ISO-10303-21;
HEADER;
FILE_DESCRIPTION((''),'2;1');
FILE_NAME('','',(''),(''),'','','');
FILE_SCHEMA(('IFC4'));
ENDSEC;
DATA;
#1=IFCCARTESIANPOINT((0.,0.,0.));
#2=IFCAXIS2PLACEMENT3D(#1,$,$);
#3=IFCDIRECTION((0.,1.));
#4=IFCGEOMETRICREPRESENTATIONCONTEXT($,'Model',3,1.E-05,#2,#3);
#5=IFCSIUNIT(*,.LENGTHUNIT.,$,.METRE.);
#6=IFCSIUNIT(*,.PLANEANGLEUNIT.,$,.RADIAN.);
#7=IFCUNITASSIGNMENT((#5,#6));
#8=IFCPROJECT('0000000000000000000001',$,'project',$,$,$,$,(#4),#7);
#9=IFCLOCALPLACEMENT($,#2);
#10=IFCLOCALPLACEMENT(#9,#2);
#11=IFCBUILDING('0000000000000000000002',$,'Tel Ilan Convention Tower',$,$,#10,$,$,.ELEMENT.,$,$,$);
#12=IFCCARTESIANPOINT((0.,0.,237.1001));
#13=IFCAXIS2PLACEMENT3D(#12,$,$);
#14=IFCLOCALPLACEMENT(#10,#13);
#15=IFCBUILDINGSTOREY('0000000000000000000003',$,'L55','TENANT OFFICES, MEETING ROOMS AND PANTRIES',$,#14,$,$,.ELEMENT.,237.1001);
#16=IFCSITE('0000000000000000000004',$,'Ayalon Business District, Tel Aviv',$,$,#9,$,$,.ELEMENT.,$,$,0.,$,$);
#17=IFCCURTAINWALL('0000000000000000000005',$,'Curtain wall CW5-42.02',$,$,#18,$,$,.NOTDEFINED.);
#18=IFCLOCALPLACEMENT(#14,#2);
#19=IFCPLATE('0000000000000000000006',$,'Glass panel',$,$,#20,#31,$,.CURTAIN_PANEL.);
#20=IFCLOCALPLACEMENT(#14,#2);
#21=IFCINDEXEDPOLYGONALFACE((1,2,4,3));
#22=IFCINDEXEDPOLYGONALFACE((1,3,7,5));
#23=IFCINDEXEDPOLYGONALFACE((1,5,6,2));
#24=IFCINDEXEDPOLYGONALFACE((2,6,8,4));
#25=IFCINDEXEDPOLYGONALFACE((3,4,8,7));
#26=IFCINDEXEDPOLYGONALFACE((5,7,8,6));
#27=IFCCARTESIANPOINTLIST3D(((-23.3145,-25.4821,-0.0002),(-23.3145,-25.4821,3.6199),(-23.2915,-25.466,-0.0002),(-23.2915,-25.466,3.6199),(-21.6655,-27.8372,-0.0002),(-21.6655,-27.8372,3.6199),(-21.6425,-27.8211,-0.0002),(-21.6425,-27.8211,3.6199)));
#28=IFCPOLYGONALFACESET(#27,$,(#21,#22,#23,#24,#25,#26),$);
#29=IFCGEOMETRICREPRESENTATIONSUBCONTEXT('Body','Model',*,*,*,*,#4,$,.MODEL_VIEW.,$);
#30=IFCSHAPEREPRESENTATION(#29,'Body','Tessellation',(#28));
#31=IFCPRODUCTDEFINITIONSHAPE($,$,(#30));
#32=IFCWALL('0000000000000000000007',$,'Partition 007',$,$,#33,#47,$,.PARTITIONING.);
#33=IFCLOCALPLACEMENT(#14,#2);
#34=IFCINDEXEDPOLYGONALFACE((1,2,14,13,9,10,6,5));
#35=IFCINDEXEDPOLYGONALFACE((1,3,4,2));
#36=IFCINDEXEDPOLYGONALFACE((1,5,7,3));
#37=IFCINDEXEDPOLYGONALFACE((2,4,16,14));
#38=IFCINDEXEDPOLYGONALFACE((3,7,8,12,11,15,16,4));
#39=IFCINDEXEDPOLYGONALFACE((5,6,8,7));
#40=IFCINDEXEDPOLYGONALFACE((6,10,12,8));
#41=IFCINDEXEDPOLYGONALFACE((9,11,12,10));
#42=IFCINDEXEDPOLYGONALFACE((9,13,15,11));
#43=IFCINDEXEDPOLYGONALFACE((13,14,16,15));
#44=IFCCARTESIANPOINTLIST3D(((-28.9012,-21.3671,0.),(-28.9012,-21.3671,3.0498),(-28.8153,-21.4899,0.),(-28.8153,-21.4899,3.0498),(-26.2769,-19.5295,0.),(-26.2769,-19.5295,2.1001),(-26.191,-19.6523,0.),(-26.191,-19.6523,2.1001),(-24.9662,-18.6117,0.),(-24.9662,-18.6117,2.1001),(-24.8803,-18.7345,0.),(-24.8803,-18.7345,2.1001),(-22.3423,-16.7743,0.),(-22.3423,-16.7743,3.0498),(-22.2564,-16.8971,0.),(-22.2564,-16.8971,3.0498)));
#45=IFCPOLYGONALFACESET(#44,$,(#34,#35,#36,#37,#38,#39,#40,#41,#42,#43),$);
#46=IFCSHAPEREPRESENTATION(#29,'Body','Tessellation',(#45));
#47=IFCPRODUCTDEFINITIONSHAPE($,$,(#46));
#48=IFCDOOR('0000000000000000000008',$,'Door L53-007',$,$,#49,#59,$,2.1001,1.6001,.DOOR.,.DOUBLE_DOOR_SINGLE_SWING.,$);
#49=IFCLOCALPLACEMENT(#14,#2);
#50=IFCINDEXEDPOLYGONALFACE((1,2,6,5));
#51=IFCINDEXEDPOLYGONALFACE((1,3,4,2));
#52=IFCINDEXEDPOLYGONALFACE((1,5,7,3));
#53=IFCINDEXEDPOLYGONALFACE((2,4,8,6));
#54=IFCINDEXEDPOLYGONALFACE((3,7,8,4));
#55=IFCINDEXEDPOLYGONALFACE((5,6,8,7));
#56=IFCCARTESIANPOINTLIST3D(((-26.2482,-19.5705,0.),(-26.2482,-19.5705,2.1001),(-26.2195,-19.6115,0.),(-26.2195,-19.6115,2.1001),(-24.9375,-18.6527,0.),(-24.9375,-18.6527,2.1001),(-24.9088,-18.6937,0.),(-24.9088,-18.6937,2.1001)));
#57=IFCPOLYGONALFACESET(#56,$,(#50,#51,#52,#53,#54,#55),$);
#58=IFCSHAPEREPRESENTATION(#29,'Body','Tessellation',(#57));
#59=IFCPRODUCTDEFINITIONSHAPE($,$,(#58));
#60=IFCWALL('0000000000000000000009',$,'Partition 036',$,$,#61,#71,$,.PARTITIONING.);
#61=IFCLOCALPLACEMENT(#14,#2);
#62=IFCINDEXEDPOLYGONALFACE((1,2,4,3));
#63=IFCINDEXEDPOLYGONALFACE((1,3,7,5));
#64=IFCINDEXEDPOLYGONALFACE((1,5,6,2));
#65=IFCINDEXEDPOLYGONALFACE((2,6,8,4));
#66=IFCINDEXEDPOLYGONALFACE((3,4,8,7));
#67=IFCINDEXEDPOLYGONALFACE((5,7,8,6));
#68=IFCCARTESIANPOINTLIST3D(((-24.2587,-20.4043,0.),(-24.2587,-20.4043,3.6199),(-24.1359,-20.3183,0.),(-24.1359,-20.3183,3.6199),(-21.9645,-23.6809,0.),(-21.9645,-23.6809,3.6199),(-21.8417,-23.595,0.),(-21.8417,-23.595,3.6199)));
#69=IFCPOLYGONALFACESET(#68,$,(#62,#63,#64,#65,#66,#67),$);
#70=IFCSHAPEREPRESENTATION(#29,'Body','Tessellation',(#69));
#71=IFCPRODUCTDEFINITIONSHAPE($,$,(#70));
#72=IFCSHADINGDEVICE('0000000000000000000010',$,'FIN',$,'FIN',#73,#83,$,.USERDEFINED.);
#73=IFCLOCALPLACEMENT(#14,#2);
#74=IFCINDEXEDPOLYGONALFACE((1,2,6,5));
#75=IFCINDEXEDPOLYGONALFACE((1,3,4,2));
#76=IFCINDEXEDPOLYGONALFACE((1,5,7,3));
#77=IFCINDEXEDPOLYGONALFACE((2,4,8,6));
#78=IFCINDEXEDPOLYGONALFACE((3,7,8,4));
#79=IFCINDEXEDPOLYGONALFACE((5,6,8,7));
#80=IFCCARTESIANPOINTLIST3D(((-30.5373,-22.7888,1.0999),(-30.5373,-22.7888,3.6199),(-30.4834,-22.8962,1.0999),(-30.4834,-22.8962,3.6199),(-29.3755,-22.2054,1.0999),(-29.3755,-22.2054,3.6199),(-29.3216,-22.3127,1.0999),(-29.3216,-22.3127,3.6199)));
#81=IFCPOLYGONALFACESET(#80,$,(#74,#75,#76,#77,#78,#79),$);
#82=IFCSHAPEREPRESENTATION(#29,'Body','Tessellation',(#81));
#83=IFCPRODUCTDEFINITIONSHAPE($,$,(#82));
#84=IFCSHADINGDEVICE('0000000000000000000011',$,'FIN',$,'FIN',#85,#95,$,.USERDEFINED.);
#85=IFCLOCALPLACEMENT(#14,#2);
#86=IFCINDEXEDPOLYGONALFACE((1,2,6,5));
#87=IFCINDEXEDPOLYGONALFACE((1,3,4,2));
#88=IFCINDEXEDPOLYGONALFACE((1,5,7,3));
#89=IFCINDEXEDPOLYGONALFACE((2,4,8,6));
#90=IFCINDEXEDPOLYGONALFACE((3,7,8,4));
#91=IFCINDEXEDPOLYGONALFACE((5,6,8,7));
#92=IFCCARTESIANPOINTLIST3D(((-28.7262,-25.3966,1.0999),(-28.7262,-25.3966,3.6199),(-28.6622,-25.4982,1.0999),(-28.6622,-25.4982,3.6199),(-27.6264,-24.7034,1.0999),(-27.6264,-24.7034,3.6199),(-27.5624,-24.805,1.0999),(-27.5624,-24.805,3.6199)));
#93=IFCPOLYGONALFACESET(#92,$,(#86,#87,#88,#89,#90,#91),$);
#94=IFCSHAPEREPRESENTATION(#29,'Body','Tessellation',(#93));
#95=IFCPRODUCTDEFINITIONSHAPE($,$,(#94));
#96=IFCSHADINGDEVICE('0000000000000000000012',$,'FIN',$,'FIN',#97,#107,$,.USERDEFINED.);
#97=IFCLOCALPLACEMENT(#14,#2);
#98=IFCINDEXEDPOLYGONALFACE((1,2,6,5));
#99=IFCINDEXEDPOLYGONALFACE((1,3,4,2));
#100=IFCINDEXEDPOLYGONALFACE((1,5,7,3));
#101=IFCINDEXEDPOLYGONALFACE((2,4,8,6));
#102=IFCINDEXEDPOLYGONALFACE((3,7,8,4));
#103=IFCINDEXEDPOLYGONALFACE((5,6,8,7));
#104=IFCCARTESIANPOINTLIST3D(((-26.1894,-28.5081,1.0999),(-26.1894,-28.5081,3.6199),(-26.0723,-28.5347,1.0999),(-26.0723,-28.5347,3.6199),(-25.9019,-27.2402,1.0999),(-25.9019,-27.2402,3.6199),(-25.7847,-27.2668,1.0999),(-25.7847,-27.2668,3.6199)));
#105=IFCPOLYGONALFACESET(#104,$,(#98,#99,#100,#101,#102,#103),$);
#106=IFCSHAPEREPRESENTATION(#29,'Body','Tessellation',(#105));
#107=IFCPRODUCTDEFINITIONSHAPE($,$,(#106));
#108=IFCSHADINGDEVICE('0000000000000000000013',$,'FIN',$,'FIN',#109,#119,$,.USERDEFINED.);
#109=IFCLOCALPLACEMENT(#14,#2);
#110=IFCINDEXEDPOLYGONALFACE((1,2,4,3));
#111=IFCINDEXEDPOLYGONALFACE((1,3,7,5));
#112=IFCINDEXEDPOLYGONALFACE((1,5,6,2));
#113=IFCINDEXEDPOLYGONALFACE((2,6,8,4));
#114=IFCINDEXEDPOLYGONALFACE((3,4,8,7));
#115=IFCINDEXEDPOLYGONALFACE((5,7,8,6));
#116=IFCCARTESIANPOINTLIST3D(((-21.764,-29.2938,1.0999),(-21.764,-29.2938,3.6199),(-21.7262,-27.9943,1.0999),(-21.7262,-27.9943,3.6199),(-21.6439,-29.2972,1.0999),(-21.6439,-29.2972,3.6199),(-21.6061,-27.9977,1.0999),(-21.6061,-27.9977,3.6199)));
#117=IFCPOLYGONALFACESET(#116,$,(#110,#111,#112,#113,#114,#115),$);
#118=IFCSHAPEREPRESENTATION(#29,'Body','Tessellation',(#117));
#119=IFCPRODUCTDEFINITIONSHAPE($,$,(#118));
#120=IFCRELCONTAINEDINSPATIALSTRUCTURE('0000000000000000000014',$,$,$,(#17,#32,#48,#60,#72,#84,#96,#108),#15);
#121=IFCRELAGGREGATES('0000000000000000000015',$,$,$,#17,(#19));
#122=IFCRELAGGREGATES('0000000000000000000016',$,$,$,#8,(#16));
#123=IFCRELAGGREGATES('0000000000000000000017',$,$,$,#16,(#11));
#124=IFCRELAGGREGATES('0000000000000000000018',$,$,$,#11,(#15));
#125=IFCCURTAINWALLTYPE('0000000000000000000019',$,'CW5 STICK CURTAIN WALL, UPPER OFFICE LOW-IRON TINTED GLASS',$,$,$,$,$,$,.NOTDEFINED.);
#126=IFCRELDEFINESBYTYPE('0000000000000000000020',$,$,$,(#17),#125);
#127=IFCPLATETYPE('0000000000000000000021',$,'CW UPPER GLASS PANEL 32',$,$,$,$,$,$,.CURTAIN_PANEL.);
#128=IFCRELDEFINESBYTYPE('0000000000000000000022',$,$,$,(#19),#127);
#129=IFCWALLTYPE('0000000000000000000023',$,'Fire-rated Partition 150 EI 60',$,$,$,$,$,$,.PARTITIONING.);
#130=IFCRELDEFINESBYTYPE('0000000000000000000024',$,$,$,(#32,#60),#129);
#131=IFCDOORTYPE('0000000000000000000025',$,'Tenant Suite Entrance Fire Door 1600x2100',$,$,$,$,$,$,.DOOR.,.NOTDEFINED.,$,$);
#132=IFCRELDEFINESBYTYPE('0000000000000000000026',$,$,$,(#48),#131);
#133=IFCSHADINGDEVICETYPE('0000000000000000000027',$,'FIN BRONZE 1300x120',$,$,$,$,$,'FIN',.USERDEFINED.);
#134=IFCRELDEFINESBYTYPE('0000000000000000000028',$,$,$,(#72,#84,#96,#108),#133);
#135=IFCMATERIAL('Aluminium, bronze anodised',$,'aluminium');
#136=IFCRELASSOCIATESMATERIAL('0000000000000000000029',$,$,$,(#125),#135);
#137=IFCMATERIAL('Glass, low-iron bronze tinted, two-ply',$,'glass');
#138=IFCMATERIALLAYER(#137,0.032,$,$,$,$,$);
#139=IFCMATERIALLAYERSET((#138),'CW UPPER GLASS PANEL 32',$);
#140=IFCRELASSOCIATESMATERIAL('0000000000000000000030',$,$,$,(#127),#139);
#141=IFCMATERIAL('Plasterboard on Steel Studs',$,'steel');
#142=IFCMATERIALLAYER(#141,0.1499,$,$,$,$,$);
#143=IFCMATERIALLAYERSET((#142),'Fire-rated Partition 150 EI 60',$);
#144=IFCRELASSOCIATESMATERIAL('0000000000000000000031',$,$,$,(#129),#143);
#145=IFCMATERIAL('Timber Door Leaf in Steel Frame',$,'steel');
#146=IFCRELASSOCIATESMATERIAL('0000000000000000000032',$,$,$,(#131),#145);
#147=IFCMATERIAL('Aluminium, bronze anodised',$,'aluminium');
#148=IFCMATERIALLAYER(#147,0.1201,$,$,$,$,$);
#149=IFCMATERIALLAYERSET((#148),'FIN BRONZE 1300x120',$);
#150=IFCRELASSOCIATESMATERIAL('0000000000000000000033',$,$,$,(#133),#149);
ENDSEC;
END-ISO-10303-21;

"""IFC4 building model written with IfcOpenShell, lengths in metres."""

from ifc_helpers import new_model, si_unit, direction, frame, frame_2d, origin, origin_2d, place, context, subcontext, project, spatial, rectangle, extrude, material, layer, layer_set, type_object, element, fill, aggregate, save


model = new_model("IFC4")

# Units and contexts
model_context = context("Model", 3, precision=1e-05, world=origin(), true_north=direction((0.0, 1.0)))
body_context = subcontext(model_context, "Body", "Model", "MODEL_VIEW")
ifc_project = project(units=[si_unit("LENGTHUNIT", "METRE"), si_unit("PLANEANGLEUNIT", "RADIAN")], contexts=[model_context])

# Site, building, storey
site_placement = place(None, origin())
site = spatial("IfcSite", under=ifc_project, at=site_placement, Name="Ayalon Business District, Tel Aviv", CompositionType="ELEMENT", RefElevation=0.0)
building_placement = place(site_placement, origin())
building = spatial("IfcBuilding", under=site, at=building_placement, Name="Tel Ilan Convention Tower", CompositionType="ELEMENT")
storey_placement = place(building_placement, frame((0.0, 0.0, 237.1001)))
storey = spatial("IfcBuildingStorey", under=building, at=storey_placement, Name="L55", Description="TENANT OFFICES, MEETING ROOMS AND PANTRIES", CompositionType="ELEMENT", Elevation=237.1001)

# Curtain wall, plate
ifc_material_1 = material(Name="Aluminium, bronze anodised", Category="aluminium")
curtain_wall_type = type_object("IfcCurtainWallType", Name="CW5 STICK CURTAIN WALL, UPPER OFFICE LOW-IRON TINTED GLASS", PredefinedType="NOTDEFINED", material=ifc_material_1)
curtain_wall_placement = place(storey_placement, origin())
curtain_wall = element("IfcCurtainWall", 1, at=curtain_wall_placement, inside=storey, type_object=curtain_wall_type, Name="Curtain wall CW5-42.02", PredefinedType="NOTDEFINED")
ifc_material_2 = material(Name="Glass, low-iron bronze tinted, two-ply", Category="glass")
ifc_layer_1 = layer(ifc_material_2, 0.032)
ifc_layer_set_1 = layer_set([ifc_layer_1], Name="CW UPPER GLASS PANEL 32")
plate_type = type_object("IfcPlateType", Name="CW UPPER GLASS PANEL 32", PredefinedType="CURTAIN_PANEL", material=ifc_layer_set_1)
plate_1_placement = place(storey_placement, frame((-22.4785, -26.6516, -0.0002), z_axis=(0.0, 0.0, 1.0), x_axis=(0.573576, -0.819152, 0.0)))
plate_1 = element("IfcPlate", 2, at=plate_1_placement, type_object=plate_type, Name="Glass panel", PredefinedType="CURTAIN_PANEL", context=body_context, shape_type="SweptSolid", body=[
    extrude(rectangle(XDim=2.875, YDim=0.0281, at=origin_2d()), origin(), (0.0, 0.0, 1.0), 3.6201),
])
aggregate(curtain_wall, [plate_1])

# Wall, opening, door
ifc_material_3 = material(Name="Plasterboard on Steel Studs", Category="steel")
ifc_layer_2 = layer(ifc_material_3, 0.1499)
ifc_layer_set_2 = layer_set([ifc_layer_2], Name="Fire-rated Partition 150 EI 60")
wall_type = type_object("IfcWallType", Name="Fire-rated Partition 150 EI 60", PredefinedType="PARTITIONING", material=ifc_layer_set_2)
wall_1_placement = place(storey_placement, frame((-28.8582, -21.4285, 0.0), z_axis=(0.0, 0.0, 1.0), x_axis=(0.819139, 0.573595, 0.0)))
wall_1 = element("IfcWall", 3, at=wall_1_placement, inside=storey, type_object=wall_type, Name="Partition 007", PredefinedType="PARTITIONING", context=body_context, shape_type="SweptSolid", body=[
    extrude(rectangle(XDim=8.0071, YDim=0.1499, at=frame_2d((4.0034, 0.0))), origin(), (0.0, 0.0, 1.0), 3.0498),
])
opening_placement = place(wall_1_placement, frame((3.2036, 0.0, 0.0)))
opening = element("IfcOpeningElement", 4, at=opening_placement, cuts=wall_1, PredefinedType="OPENING", context=body_context, shape_type="SweptSolid", body=[
    extrude(rectangle(XDim=1.6001, YDim=2.1001, at=frame_2d((0.8, 1.05))), frame((0.0, 0.085, 0.0), z_axis=(0.0, -1.0, 0.0), x_axis=(1.0, 0.0, 0.0)), (0.0, 0.0, 1.0), 0.1699),
])
ifc_material_4 = material(Name="Timber Door Leaf in Steel Frame", Category="steel")
door_type = type_object("IfcDoorType", Name="Tenant Suite Entrance Fire Door 1600x2100", OperationType="NOTDEFINED", PredefinedType="DOOR", material=ifc_material_4)
door_placement = place(opening_placement, origin())
door = element("IfcDoor", 5, at=door_placement, inside=storey, type_object=door_type, Name="Door L53-007", OperationType="DOUBLE_DOOR_SINGLE_SWING", OverallHeight=2.1001, OverallWidth=1.6001, PredefinedType="DOOR", context=body_context, shape_type="SweptSolid", body=[
    extrude(rectangle(XDim=1.6001, YDim=2.1001, at=frame_2d((0.8, 1.05))), frame((0.0, 0.0249, 0.0), z_axis=(0.0, -1.0, 0.0), x_axis=(1.0, 0.0, 0.0)), (0.0, 0.0, 1.0), 0.05),
])
fill(opening, door)

# Wall
wall_2_placement = place(storey_placement, frame((-21.9031, -23.6379, 0.0), z_axis=(0.0, 0.0, 1.0), x_axis=(-0.573557, 0.819166, 0.0)))
element("IfcWall", 6, at=wall_2_placement, inside=storey, type_object=wall_type, Name="Partition 036", PredefinedType="PARTITIONING", context=body_context, shape_type="SweptSolid", body=[
    extrude(rectangle(XDim=4.0, YDim=0.1499, at=frame_2d((2.0, 0.0))), origin(), (0.0, 0.0, 1.0), 3.6199),
])

# Shading devices
ifc_material_5 = material(Name="Aluminium, bronze anodised", Category="aluminium")
ifc_layer_3 = layer(ifc_material_5, 0.1201)
ifc_layer_set_3 = layer_set([ifc_layer_3], Name="FIN BRONZE 1300x120")
shading_device_type = type_object("IfcShadingDeviceType", Name="FIN BRONZE 1300x120", ElementType="FIN", PredefinedType="USERDEFINED", material=ifc_layer_set_3)
for number, where, z_axis, x_axis, name in (
    (7, (-29.9294, -22.5508, 1.0999), (0.0, 0.0, 1.0), (-0.893633, -0.448799, 0.0), "FIN"),
    (8, (-28.1443, -25.1008, 1.0999), (0.0, 0.0, 1.0), (-0.845986, -0.533204, 0.0), "FIN"),
    (9, (-25.9871, -27.8875, 1.0999), (0.0, 0.0, 1.0), (-0.22117, -0.975235, 0.0), "FIN"),
    (10, (-21.6851, -28.6458, 1.0999), (0.0, 0.0, 1.0), (-0.029085, -0.999577, 0.0), "FIN"),
):
    element("IfcShadingDevice", number, at=place(storey_placement, frame(where, z_axis=z_axis, x_axis=x_axis)), inside=storey, type_object=shading_device_type, Name=name, ObjectType="FIN", PredefinedType="USERDEFINED", context=body_context, shape_type="SweptSolid", body=[
        extrude(rectangle(XDim=1.3, YDim=0.1201, at=origin_2d()), origin(), (0.0, 0.0, 1.0), 2.52),
    ])

save(model, "model.ifc")
